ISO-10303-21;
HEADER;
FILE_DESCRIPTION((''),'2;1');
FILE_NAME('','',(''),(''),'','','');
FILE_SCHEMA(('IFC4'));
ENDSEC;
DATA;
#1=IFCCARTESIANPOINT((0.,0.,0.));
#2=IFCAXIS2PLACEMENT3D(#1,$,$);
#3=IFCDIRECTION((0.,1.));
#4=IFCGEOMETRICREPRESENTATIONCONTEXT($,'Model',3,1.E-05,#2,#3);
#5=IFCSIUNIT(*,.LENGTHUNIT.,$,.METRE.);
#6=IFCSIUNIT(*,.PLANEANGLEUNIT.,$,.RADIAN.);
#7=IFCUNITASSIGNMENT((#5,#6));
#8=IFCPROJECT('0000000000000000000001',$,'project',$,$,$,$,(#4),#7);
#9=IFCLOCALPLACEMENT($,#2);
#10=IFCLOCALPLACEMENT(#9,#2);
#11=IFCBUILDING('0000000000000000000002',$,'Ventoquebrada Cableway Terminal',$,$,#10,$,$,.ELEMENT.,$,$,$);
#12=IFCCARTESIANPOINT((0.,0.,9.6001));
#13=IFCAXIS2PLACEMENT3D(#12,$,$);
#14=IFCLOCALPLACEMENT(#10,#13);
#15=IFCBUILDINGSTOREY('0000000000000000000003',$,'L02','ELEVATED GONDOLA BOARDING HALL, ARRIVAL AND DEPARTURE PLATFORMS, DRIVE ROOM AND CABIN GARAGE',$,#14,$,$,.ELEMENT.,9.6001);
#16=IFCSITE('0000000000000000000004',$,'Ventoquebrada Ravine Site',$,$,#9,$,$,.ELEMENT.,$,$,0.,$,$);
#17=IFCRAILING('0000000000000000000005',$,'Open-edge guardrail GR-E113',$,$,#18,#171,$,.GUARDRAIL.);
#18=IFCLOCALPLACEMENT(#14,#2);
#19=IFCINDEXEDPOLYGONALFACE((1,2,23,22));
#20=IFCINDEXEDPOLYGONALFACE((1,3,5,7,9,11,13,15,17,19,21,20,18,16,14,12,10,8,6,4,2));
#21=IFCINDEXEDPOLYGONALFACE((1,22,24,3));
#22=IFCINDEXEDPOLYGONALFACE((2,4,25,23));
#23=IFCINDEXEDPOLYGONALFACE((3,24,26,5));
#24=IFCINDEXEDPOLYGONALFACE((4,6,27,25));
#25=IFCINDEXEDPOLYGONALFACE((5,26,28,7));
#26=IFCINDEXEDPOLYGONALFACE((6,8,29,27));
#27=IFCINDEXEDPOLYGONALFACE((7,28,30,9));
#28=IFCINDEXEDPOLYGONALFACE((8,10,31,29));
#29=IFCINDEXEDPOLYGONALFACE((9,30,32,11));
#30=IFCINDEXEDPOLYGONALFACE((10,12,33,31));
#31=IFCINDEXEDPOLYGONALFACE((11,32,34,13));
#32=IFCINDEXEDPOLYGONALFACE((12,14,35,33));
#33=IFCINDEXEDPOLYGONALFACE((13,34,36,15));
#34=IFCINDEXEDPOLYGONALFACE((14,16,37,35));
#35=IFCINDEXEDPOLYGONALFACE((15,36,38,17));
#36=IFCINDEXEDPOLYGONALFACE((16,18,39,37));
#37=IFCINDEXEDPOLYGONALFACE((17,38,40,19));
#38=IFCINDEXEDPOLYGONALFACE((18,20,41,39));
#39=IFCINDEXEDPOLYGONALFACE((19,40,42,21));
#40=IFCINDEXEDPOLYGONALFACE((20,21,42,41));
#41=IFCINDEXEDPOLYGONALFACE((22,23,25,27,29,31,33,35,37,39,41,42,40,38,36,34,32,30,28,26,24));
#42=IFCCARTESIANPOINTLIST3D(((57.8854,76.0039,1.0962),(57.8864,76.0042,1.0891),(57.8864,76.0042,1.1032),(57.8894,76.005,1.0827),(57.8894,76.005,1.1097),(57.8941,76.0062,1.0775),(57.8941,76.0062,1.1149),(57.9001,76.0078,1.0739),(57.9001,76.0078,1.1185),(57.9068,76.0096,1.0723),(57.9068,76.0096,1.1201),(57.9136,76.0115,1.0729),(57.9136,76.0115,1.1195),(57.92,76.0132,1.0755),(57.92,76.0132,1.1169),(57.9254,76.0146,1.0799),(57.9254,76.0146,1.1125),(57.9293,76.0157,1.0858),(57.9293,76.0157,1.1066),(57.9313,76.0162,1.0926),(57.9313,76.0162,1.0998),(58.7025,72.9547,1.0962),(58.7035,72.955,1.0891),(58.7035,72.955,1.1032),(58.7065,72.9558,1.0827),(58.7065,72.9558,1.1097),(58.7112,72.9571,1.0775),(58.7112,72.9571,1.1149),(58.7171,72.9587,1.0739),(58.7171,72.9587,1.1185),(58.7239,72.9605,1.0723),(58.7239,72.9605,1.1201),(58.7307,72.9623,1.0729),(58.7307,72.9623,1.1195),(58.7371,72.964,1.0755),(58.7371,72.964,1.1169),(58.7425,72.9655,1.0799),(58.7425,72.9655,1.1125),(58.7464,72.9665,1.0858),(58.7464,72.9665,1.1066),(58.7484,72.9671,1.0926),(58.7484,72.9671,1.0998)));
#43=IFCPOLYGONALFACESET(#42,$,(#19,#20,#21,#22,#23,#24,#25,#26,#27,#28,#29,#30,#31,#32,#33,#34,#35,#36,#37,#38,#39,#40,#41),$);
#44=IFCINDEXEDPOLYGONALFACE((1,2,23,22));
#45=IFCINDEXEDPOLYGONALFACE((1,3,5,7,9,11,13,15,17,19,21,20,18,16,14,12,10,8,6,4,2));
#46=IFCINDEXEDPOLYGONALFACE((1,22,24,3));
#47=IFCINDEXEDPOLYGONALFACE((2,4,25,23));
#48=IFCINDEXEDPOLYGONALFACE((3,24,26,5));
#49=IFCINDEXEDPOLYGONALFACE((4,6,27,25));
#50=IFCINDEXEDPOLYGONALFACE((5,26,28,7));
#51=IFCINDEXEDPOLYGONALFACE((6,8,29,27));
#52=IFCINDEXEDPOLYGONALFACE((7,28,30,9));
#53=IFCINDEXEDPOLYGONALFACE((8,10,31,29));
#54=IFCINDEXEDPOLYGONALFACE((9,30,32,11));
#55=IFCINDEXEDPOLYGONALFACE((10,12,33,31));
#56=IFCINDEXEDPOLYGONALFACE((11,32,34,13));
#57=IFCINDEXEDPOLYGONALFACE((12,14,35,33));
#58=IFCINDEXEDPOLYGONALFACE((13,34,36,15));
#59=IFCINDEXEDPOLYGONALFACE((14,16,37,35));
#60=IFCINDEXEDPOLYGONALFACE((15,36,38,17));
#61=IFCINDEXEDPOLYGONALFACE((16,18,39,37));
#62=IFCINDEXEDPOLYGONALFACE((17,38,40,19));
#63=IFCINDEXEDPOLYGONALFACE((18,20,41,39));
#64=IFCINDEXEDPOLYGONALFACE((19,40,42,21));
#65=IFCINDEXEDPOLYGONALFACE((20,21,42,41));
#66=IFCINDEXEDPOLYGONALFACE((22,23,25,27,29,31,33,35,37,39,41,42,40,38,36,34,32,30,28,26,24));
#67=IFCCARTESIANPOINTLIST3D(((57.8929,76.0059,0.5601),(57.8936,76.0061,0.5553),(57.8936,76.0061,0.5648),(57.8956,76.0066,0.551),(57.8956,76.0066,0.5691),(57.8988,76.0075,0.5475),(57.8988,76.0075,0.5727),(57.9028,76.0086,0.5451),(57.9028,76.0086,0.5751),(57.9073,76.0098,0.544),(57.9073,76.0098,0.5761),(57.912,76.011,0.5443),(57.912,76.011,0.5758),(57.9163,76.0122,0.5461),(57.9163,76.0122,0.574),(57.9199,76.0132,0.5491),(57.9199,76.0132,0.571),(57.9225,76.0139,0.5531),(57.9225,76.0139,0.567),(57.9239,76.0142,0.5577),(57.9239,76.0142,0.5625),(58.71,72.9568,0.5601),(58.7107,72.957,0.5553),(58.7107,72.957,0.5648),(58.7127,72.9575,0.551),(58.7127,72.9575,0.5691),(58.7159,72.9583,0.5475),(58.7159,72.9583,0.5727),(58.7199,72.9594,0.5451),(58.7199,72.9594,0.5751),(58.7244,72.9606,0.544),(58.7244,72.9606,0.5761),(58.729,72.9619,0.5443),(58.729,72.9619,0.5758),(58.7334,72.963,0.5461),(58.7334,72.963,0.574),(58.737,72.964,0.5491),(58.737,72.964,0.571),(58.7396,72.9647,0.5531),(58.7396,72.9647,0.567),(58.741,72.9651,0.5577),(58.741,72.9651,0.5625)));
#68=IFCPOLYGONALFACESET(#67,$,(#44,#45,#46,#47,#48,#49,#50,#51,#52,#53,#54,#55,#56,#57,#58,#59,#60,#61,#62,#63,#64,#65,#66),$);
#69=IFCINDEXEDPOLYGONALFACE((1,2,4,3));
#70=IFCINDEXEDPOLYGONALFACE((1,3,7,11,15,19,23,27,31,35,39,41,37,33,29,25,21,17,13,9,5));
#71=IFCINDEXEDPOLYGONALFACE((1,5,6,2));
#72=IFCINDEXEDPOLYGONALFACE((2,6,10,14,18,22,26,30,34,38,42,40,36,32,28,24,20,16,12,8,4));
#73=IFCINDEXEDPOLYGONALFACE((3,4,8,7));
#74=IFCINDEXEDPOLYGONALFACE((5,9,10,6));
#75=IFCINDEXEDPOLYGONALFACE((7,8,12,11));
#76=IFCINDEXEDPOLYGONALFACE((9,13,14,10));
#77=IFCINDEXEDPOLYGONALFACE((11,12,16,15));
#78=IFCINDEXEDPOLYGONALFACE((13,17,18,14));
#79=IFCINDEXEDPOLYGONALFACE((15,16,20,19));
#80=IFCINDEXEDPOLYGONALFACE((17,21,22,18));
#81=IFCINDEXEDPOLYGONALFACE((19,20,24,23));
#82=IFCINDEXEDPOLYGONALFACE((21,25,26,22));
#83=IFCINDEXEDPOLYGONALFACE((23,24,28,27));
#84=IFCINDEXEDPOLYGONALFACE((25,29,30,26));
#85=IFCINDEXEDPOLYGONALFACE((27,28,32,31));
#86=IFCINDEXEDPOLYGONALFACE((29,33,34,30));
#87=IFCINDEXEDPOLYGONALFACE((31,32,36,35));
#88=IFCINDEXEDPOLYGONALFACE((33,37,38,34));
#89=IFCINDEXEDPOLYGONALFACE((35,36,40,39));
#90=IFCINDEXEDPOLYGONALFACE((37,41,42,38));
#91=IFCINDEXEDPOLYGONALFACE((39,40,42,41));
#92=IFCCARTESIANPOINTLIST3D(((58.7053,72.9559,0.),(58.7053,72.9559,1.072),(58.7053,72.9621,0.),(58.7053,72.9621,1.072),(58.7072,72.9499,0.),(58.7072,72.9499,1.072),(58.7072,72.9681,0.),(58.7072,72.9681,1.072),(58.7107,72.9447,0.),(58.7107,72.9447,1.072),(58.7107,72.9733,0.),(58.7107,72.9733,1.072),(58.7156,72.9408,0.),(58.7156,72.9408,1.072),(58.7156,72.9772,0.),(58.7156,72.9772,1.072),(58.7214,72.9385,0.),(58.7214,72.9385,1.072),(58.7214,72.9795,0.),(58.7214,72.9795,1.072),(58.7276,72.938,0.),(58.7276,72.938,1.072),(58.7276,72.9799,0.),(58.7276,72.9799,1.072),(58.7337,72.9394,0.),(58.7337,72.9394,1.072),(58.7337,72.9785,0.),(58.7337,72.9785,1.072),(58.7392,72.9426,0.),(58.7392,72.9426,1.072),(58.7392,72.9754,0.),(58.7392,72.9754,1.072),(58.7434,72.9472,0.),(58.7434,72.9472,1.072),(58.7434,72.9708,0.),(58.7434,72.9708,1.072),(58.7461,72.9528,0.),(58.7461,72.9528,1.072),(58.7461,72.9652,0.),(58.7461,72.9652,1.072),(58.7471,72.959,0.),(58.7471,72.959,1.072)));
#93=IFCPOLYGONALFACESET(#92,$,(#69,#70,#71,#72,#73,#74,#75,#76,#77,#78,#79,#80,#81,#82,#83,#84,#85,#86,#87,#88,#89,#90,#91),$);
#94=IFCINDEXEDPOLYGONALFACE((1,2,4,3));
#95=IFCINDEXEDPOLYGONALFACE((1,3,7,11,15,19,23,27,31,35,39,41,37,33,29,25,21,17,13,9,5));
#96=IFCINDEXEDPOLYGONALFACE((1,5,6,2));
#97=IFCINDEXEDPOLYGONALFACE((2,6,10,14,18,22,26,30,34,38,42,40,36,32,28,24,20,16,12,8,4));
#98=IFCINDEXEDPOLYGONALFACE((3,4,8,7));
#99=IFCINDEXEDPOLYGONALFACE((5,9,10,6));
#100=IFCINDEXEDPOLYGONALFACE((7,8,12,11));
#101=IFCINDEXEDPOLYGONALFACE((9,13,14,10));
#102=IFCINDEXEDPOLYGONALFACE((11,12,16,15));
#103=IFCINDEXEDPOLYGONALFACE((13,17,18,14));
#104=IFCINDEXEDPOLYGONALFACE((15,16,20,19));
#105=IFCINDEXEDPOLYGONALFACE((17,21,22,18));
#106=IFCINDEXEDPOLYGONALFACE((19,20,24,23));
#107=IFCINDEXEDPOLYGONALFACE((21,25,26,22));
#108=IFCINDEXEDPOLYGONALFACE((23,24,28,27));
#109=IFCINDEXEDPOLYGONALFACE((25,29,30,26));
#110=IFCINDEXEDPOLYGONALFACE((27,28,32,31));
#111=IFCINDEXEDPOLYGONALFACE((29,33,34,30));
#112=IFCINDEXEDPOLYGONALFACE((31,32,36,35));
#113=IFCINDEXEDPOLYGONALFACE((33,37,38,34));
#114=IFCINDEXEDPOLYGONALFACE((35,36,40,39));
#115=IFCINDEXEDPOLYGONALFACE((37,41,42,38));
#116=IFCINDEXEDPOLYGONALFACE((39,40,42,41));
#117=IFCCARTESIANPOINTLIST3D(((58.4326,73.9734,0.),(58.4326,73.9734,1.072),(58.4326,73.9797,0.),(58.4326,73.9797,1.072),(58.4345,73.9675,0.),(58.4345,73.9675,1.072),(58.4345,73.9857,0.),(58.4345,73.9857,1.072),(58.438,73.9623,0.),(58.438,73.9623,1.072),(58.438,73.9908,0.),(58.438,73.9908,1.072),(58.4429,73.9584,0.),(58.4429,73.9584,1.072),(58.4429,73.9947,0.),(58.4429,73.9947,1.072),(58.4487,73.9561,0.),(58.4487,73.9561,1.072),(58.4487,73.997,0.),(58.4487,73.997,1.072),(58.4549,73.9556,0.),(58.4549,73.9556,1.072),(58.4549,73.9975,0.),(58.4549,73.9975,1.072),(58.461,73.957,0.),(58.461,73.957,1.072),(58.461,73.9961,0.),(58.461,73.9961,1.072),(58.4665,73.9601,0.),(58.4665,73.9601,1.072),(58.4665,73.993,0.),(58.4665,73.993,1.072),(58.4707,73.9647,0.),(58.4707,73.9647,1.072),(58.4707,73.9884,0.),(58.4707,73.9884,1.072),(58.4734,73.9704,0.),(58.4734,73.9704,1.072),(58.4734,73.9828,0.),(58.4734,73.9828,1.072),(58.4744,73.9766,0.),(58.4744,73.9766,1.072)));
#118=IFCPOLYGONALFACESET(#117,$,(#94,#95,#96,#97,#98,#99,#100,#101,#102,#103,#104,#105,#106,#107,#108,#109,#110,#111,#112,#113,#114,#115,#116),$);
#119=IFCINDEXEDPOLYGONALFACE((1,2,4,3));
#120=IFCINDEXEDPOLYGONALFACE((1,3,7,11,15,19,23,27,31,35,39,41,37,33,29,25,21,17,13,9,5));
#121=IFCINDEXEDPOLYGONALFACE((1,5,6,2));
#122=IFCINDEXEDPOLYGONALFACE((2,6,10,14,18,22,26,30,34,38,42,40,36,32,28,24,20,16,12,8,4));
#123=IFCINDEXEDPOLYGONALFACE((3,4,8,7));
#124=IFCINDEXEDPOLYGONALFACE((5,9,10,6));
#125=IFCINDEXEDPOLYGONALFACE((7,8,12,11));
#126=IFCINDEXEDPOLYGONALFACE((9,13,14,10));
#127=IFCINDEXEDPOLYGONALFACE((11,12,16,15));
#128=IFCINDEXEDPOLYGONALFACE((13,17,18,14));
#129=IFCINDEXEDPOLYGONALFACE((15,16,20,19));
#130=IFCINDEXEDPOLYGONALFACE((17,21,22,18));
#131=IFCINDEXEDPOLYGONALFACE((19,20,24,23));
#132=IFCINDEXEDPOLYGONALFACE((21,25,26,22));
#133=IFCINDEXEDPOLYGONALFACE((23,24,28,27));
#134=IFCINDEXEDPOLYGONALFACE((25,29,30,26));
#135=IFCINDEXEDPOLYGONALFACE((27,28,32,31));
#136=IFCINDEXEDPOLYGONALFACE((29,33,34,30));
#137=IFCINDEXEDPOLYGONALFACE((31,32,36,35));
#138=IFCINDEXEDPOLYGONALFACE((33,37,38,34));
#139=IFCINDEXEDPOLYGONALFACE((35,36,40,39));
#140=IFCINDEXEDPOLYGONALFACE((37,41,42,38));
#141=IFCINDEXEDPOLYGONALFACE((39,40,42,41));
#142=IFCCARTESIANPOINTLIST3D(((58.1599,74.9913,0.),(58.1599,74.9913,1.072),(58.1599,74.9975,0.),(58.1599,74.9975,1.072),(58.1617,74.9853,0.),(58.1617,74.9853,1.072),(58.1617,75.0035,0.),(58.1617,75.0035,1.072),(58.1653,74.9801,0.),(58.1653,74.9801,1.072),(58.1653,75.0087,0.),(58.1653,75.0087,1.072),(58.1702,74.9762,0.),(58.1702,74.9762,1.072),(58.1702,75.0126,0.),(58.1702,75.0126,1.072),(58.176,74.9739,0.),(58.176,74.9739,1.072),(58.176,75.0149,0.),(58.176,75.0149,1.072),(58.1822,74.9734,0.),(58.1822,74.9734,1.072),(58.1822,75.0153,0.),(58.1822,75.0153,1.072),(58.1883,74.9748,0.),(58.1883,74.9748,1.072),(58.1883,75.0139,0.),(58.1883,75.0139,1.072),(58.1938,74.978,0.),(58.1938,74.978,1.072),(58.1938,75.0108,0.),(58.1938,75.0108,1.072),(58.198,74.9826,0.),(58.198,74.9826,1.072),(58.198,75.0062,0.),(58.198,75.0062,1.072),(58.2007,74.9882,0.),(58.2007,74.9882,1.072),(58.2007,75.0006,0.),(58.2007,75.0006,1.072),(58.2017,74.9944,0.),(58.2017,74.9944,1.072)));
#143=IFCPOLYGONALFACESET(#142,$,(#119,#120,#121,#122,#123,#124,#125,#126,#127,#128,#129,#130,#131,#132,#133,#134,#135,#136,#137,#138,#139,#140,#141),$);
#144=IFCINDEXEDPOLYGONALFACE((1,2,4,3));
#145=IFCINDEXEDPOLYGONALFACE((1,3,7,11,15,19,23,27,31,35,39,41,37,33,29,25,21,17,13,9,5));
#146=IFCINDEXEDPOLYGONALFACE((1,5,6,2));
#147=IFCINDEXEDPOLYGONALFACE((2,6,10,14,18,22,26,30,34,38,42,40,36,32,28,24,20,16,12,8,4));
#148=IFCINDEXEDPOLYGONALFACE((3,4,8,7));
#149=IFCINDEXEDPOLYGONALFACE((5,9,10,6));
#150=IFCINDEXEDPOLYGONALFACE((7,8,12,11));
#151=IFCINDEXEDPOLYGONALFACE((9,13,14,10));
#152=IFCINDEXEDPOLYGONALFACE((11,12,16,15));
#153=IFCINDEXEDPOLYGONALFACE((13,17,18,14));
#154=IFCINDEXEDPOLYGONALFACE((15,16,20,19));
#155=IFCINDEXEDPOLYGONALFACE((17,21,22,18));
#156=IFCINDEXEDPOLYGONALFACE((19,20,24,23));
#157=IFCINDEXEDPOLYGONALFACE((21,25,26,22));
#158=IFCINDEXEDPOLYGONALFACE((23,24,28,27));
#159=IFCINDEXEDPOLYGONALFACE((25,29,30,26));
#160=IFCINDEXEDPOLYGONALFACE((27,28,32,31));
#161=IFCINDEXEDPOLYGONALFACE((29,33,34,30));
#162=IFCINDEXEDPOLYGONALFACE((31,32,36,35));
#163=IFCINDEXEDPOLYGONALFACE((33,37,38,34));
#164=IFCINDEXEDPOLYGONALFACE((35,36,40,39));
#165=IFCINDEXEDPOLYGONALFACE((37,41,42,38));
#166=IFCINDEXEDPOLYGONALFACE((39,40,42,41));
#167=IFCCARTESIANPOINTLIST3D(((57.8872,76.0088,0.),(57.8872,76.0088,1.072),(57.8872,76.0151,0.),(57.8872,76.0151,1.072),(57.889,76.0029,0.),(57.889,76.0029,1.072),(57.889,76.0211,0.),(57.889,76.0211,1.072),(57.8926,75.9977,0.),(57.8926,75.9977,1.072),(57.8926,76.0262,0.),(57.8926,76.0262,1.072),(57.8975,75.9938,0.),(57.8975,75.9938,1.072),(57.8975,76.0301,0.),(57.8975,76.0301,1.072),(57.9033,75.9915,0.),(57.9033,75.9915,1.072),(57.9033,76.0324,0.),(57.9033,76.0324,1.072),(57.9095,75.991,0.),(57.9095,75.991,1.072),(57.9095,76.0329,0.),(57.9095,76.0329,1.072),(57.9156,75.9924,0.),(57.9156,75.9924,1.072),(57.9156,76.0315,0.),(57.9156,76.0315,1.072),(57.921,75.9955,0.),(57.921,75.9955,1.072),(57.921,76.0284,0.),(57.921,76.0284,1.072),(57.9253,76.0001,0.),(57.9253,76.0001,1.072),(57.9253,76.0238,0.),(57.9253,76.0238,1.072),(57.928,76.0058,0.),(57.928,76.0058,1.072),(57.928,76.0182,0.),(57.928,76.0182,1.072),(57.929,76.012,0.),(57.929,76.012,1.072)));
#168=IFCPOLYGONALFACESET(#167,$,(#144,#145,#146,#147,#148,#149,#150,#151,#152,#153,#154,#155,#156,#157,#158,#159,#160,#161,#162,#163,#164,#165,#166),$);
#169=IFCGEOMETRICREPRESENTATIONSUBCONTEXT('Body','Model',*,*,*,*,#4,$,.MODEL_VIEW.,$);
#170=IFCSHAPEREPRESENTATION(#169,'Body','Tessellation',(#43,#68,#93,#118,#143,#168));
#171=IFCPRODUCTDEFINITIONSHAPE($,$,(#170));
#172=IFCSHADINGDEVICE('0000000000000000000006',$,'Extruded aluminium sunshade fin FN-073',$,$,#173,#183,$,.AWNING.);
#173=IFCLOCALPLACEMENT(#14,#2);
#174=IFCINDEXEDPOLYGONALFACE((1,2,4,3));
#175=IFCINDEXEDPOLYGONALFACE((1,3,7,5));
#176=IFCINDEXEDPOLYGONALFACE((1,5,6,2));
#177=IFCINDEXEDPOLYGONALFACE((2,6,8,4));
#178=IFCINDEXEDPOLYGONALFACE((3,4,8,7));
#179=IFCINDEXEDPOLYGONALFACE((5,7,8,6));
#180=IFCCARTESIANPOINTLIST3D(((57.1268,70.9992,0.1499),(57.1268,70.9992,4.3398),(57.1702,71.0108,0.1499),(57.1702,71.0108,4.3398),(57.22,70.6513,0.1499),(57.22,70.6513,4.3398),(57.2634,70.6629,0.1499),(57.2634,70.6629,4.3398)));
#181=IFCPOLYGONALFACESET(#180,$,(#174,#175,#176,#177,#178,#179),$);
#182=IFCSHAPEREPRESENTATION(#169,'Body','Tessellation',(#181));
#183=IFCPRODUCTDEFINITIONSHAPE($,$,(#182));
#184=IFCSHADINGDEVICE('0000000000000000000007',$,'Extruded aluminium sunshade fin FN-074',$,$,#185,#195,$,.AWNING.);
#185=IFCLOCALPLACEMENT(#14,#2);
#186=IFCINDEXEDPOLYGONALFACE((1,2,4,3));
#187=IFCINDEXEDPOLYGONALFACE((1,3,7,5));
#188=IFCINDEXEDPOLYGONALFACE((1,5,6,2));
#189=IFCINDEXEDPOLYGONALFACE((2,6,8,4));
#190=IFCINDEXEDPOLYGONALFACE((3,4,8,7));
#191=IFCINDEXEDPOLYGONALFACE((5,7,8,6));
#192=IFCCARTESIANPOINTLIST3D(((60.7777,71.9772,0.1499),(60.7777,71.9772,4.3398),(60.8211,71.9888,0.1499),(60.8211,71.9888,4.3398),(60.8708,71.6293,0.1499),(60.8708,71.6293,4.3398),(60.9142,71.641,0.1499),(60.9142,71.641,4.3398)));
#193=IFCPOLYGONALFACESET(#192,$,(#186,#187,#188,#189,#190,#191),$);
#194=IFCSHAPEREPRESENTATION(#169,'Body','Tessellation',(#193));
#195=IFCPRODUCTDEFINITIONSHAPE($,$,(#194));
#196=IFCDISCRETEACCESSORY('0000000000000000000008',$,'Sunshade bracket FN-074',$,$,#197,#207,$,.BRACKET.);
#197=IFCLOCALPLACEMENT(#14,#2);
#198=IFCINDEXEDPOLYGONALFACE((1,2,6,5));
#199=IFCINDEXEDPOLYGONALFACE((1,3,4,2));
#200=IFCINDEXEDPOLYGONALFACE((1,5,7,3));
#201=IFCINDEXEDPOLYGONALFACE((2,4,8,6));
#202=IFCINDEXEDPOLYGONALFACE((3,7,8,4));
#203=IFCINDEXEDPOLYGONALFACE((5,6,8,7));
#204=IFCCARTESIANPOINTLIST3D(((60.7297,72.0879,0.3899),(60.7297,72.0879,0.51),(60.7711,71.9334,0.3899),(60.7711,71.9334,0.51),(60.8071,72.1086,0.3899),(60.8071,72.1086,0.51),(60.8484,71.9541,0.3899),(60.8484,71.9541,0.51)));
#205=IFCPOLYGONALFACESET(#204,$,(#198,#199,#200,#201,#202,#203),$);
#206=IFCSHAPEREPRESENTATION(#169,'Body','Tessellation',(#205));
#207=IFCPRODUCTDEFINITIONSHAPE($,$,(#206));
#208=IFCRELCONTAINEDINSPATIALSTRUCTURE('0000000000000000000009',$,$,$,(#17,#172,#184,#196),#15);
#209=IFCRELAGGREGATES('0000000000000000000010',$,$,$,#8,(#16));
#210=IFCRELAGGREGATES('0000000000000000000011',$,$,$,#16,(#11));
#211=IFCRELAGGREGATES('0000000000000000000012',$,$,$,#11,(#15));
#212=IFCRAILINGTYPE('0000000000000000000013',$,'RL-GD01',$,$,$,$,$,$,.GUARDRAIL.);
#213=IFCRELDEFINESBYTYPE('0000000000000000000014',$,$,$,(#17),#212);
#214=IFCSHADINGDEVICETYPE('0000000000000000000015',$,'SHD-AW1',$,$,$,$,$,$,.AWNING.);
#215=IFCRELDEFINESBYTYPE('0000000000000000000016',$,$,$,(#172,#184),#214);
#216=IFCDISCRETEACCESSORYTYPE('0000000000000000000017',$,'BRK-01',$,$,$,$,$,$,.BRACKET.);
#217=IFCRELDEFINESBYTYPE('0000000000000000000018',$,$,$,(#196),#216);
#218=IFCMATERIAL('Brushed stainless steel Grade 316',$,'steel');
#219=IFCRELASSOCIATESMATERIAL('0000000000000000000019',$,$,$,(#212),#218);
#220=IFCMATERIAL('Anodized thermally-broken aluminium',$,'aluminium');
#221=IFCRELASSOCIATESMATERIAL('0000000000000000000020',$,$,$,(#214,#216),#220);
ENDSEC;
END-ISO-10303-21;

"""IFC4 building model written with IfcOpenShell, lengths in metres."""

from ifc_helpers import new_model, si_unit, direction, frame, origin, origin_2d, place, context, subcontext, project, spatial, rectangle, circle, extrude, material, type_object, element, save


model = new_model("IFC4")

# Units and contexts
model_context = context("Model", 3, precision=1e-05, world=origin(), true_north=direction((0.0, 1.0)))
body_context = subcontext(model_context, "Body", "Model", "MODEL_VIEW")
ifc_project = project(units=[si_unit("LENGTHUNIT", "METRE"), si_unit("PLANEANGLEUNIT", "RADIAN")], contexts=[model_context])

# Site, building, storey
site_placement = place(None, origin())
site = spatial("IfcSite", under=ifc_project, at=site_placement, Name="Ventoquebrada Ravine Site", CompositionType="ELEMENT", RefElevation=0.0)
building_placement = place(site_placement, origin())
building = spatial("IfcBuilding", under=site, at=building_placement, Name="Ventoquebrada Cableway Terminal", CompositionType="ELEMENT")
storey_placement = place(building_placement, frame((0.0, 0.0, 9.6001)))
storey = spatial("IfcBuildingStorey", under=building, at=storey_placement, Name="L02", Description="ELEVATED GONDOLA BOARDING HALL, ARRIVAL AND DEPARTURE PLATFORMS, DRIVE ROOM AND CABIN GARAGE", CompositionType="ELEMENT", Elevation=9.6001)

# Shared definitions
ifc_material_1 = material(Name="Anodized thermally-broken aluminium", Category="aluminium")

# Railing
ifc_material_2 = material(Name="Brushed stainless steel Grade 316", Category="steel")
railing_type = type_object("IfcRailingType", Name="RL-GD01", PredefinedType="GUARDRAIL", material=ifc_material_2)
railing_placement = place(storey_placement, frame((58.7261, 72.959, 0.0)))
element("IfcRailing", 1, at=railing_placement, inside=storey, type_object=railing_type, Name="Open-edge guardrail GR-E113", PredefinedType="GUARDRAIL", context=body_context, shape_type="SweptSolid", body=[
    extrude(circle(Radius=0.0239, at=origin_2d()), frame((-0.0005, 0.002, 1.0962), z_axis=(-0.25884, 0.96592, 0.0), x_axis=(-0.96592, -0.25884, 0.0)), (0.0, 0.0, 1.0), 3.1567),
    extrude(circle(Radius=0.0161, at=origin_2d()), frame((-0.0005, 0.002, 0.5601), z_axis=(-0.25884, 0.96592, 0.0), x_axis=(-0.96592, -0.25884, 0.0)), (0.0, 0.0, 1.0), 3.1567),
    extrude(circle(Radius=0.021, at=origin_2d()), origin(), (0.0, 0.0, 1.0), 1.072),
    extrude(circle(Radius=0.021, at=origin_2d()), frame((-0.2727, 1.0176, 0.0)), (0.0, 0.0, 1.0), 1.072),
    extrude(circle(Radius=0.021, at=origin_2d()), frame((-0.5454, 2.0354, 0.0)), (0.0, 0.0, 1.0), 1.072),
    extrude(circle(Radius=0.021, at=origin_2d()), frame((-0.8181, 3.053, 0.0)), (0.0, 0.0, 1.0), 1.072),
])

# Shading devices
shading_device_type = type_object("IfcShadingDeviceType", Name="SHD-AW1", PredefinedType="AWNING", material=ifc_material_1)
for number, where, z_axis, x_axis, name in (
    (2, (57.1951, 70.8311, 0.1499), (0.0, 0.0, 1.0), (0.965939, 0.258768, 0.0), "Extruded aluminium sunshade fin FN-073"),
    (3, (60.8459, 71.8091, 0.1499), (0.0, 0.0, 1.0), (0.965966, 0.258667, 0.0), "Extruded aluminium sunshade fin FN-074"),
):
    element("IfcShadingDevice", number, at=place(storey_placement, frame(where, z_axis=z_axis, x_axis=x_axis)), inside=storey, type_object=shading_device_type, Name=name, PredefinedType="AWNING", context=body_context, shape_type="SweptSolid", body=[
        extrude(rectangle(XDim=0.0449, YDim=0.3601, at=origin_2d()), origin(), (0.0, 0.0, 1.0), 4.1899),
    ])

# Discrete accessory
discrete_accessory_type = type_object("IfcDiscreteAccessoryType", Name="BRK-01", PredefinedType="BRACKET", material=ifc_material_1)
for number, where, z_axis, x_axis, name in (
    (4, (60.7891, 72.021, 0.3899), (0.0, 0.0, 1.0), (0.965966, 0.258667, 0.0), "Sunshade bracket FN-074"),
):
    element("IfcDiscreteAccessory", number, at=place(storey_placement, frame(where, z_axis=z_axis, x_axis=x_axis)), inside=storey, type_object=discrete_accessory_type, Name=name, PredefinedType="BRACKET", context=body_context, shape_type="SweptSolid", body=[
        extrude(rectangle(XDim=0.0801, YDim=0.1599, at=origin_2d()), origin(), (0.0, 0.0, 1.0), 0.1201),
    ])

save(model, "model.ifc")
